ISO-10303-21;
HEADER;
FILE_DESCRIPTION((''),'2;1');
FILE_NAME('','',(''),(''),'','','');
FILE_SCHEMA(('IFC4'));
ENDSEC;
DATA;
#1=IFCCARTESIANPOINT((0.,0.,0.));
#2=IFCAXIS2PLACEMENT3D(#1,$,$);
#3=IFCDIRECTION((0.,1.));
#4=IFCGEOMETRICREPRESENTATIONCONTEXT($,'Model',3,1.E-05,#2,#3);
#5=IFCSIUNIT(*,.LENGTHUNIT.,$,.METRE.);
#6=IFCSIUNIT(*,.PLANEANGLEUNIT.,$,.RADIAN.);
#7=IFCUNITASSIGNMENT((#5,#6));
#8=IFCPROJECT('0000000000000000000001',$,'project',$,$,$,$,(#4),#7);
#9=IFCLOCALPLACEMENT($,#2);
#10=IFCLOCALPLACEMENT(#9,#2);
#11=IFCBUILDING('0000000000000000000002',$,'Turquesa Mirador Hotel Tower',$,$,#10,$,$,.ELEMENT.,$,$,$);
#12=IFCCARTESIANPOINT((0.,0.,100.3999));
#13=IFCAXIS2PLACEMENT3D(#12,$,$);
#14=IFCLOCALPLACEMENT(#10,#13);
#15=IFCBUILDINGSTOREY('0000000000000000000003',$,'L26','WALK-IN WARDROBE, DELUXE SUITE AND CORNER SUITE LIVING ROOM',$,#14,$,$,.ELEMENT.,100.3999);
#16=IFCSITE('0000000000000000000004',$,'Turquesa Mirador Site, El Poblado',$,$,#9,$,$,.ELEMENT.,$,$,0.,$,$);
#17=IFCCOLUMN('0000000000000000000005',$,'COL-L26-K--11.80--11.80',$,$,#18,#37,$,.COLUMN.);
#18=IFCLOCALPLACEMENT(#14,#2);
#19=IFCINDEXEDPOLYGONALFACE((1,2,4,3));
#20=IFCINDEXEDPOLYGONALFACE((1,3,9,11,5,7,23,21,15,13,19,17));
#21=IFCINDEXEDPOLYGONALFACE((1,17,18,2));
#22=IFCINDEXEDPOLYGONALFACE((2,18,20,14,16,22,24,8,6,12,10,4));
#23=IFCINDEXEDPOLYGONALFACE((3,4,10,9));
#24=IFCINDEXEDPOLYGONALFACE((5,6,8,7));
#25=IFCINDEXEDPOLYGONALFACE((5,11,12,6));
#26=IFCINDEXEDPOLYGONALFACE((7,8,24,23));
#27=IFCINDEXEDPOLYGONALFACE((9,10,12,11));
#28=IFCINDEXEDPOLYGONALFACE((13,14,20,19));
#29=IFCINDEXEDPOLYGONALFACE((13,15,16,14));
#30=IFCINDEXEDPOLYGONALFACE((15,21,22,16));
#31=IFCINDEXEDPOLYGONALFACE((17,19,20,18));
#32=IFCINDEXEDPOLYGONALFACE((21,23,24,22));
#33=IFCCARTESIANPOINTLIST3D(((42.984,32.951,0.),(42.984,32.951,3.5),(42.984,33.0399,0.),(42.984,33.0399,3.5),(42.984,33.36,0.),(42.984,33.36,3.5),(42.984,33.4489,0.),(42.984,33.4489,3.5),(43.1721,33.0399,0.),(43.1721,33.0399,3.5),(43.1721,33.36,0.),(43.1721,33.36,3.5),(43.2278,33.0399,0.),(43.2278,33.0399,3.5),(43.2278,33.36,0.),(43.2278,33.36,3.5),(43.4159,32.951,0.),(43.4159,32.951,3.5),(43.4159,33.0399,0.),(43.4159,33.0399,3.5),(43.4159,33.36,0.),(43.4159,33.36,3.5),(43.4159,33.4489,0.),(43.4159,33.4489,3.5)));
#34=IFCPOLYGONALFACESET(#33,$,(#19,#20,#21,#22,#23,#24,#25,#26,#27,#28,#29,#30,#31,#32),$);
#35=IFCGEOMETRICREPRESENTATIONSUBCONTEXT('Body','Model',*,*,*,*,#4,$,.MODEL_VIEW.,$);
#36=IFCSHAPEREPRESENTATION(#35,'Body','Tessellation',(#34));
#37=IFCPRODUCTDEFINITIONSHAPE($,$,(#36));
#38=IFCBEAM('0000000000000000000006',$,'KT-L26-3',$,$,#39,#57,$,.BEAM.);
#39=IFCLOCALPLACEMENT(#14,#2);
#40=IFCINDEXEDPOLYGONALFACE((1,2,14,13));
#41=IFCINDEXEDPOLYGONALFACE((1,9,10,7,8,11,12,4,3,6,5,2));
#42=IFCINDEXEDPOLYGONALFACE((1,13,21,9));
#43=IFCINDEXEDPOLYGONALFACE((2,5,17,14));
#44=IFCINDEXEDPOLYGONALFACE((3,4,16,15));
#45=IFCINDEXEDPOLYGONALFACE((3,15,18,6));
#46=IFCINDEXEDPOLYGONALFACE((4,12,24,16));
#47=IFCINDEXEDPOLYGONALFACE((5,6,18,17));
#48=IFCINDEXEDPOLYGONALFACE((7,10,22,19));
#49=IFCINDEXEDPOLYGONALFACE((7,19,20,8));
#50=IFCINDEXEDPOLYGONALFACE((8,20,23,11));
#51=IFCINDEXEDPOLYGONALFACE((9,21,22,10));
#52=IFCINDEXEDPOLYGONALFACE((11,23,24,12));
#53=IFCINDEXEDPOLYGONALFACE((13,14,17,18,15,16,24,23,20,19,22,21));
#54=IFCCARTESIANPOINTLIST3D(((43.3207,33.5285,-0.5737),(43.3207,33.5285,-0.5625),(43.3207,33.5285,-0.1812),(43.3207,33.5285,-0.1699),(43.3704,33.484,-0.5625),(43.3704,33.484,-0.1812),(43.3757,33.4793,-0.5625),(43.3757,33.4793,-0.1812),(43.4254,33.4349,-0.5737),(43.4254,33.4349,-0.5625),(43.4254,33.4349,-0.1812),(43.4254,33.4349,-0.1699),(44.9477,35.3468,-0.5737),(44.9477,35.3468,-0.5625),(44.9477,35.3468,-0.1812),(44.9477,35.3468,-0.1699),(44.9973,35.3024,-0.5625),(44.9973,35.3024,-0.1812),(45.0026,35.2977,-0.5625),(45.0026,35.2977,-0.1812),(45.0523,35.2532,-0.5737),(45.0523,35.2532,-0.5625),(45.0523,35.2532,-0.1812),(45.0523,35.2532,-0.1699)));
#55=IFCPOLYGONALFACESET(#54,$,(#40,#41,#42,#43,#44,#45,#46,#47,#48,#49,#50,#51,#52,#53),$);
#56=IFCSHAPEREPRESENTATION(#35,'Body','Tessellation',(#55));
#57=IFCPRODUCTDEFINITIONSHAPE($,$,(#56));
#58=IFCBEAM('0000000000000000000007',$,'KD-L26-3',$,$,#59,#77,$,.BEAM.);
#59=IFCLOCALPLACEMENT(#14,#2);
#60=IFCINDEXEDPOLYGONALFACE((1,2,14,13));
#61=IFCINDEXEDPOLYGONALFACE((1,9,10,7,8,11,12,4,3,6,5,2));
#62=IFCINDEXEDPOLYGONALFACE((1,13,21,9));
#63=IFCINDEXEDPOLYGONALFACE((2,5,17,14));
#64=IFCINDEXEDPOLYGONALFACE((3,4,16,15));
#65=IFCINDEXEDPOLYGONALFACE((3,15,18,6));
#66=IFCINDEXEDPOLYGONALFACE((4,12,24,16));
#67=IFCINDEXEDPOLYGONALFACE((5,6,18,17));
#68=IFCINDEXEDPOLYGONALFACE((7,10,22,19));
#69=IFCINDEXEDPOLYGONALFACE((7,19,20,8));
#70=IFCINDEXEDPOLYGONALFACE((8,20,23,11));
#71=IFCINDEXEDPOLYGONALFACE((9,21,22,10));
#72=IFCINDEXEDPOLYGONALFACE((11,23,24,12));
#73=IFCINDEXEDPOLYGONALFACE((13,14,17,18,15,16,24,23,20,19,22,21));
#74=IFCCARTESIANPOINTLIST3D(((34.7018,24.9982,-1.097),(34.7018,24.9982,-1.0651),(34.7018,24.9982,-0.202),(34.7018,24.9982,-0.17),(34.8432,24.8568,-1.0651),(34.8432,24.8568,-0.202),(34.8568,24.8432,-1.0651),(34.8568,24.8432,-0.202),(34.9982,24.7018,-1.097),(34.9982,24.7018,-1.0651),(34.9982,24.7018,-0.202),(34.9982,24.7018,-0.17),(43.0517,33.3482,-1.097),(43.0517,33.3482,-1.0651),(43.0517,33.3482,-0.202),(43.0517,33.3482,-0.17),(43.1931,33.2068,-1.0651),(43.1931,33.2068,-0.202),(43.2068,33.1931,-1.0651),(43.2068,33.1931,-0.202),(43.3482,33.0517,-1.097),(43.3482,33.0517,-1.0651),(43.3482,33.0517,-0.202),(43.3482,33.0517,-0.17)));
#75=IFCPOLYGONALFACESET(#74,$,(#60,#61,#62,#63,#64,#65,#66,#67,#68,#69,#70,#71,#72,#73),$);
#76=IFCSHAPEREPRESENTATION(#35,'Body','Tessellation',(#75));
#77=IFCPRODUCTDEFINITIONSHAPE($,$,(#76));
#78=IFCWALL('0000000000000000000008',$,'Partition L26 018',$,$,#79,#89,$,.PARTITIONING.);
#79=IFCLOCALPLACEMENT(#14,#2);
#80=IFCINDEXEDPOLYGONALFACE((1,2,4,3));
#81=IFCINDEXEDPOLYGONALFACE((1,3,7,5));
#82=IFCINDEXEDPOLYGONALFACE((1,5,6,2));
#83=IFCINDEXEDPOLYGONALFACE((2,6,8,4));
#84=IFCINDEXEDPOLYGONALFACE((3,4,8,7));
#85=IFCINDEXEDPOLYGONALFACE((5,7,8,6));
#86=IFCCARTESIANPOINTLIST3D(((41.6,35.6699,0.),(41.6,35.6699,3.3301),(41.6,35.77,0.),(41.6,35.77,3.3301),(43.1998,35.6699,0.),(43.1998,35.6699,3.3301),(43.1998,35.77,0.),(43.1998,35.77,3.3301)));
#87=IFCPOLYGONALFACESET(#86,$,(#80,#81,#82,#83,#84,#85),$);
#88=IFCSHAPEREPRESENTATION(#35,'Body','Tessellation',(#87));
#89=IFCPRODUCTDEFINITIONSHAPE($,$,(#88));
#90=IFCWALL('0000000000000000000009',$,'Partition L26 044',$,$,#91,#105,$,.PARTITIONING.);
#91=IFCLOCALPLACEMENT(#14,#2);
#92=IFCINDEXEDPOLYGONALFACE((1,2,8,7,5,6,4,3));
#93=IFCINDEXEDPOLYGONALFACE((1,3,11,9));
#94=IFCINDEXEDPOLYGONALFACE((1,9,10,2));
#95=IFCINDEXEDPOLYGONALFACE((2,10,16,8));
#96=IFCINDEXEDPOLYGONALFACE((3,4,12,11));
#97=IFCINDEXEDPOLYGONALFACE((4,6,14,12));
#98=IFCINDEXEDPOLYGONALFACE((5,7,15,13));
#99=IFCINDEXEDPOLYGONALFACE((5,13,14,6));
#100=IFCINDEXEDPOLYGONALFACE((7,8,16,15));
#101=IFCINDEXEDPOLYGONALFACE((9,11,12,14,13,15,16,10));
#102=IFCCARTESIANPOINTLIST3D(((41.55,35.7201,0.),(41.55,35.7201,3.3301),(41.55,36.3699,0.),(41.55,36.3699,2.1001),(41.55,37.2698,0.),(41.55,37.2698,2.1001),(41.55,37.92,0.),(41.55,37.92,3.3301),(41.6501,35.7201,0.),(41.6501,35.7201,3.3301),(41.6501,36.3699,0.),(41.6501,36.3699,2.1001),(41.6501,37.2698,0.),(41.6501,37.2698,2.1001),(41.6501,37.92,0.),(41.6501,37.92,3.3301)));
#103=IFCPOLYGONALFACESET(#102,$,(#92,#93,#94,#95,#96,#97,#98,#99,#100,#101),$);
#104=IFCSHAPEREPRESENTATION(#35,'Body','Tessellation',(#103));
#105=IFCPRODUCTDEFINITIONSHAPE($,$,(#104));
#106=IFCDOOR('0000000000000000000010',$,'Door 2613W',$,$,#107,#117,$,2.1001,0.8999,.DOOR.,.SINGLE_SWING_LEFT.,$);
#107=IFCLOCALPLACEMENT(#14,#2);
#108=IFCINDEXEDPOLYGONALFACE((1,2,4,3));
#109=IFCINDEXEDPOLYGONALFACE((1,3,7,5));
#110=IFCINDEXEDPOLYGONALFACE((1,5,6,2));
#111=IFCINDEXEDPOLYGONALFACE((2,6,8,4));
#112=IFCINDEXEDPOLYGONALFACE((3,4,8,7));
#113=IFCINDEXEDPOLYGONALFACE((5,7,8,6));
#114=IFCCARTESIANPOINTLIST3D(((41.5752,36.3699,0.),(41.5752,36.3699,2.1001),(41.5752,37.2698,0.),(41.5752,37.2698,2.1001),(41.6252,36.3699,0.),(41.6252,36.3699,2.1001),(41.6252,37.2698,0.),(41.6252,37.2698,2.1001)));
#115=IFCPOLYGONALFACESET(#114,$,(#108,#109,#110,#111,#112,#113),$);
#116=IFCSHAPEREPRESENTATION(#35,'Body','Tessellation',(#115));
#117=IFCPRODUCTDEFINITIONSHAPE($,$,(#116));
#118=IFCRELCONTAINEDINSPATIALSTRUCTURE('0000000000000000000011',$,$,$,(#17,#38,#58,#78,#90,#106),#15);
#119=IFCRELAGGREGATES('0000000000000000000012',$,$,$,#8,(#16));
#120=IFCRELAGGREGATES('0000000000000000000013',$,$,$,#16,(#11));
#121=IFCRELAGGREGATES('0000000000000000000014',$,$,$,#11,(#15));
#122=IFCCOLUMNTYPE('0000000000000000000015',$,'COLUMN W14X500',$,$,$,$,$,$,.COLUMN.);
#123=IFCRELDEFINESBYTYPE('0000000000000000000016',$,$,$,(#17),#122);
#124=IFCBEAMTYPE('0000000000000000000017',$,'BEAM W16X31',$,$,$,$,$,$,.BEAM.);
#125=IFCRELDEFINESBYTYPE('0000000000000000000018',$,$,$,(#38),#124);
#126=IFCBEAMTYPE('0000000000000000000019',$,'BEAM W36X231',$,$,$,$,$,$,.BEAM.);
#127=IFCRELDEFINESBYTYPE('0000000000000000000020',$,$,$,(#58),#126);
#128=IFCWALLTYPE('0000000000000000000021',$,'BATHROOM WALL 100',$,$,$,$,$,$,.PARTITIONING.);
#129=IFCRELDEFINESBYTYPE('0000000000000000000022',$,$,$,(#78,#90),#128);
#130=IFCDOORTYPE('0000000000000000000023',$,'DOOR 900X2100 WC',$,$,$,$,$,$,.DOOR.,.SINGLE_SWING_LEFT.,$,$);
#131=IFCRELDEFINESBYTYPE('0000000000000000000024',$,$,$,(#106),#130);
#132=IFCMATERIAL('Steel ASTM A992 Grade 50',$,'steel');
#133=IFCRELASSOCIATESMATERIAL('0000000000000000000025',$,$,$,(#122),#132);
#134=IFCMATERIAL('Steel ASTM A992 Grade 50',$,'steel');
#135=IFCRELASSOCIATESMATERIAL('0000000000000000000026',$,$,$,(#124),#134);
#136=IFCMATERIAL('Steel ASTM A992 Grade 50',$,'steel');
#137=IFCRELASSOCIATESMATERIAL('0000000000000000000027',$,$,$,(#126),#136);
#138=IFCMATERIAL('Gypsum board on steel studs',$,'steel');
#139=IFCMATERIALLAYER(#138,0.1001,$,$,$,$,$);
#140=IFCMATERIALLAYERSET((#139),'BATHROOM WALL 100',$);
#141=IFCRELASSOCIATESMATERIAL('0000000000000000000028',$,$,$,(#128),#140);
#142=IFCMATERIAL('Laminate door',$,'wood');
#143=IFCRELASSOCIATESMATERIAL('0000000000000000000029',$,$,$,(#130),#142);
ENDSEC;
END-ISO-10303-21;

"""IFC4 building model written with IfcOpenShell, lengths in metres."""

from ifc_helpers import new_model, si_unit, direction, frame, frame_2d, origin, origin_2d, place, context, subcontext, project, spatial, rectangle, i_section, extrude, material, layer, layer_set, material_profile, profile_set, type_object, element, fill, save


model = new_model("IFC4")

# Units and contexts
model_context = context("Model", 3, precision=1e-05, world=origin(), true_north=direction((0.0, 1.0)))
body_context = subcontext(model_context, "Body", "Model", "MODEL_VIEW")
ifc_project = project(units=[si_unit("LENGTHUNIT", "METRE"), si_unit("PLANEANGLEUNIT", "RADIAN")], contexts=[model_context])

# Site, building, storey
site_placement = place(None, origin())
site = spatial("IfcSite", under=ifc_project, at=site_placement, Name="Turquesa Mirador Site, El Poblado", CompositionType="ELEMENT", RefElevation=0.0)
building_placement = place(site_placement, origin())
building = spatial("IfcBuilding", under=site, at=building_placement, Name="Turquesa Mirador Hotel Tower", CompositionType="ELEMENT")
storey_placement = place(building_placement, frame((0.0, 0.0, 100.3999)))
storey = spatial("IfcBuildingStorey", under=building, at=storey_placement, Name="L26", Description="WALK-IN WARDROBE, DELUXE SUITE AND CORNER SUITE LIVING ROOM", CompositionType="ELEMENT", Elevation=100.3999)

# Column
ifc_material_1 = material(Name="Steel ASTM A992 Grade 50", Category="steel")
ifc_material_profile_1 = material_profile(ifc_material_1, i_section(OverallWidth=0.4319, OverallDepth=0.4978, WebThickness=0.0557, FlangeThickness=0.0889, at=origin_2d()), Name="W14X500")
ifc_profile_set_1 = profile_set([ifc_material_profile_1], Name="Steel ASTM A992 Grade 50")
column_type = type_object("IfcColumnType", Name="COLUMN W14X500", PredefinedType="COLUMN", material=ifc_profile_set_1)
column_placement = place(storey_placement, frame((43.2, 33.2, 0.0), z_axis=(0.0, 0.0, 1.0), x_axis=(1.0, 0.0, 0.0)))
element("IfcColumn", 1, at=column_placement, inside=storey, type_object=column_type, Name="COL-L26-K--11.80--11.80", PredefinedType="COLUMN", context=body_context, shape_type="SweptSolid", body=[
    extrude(i_section(OverallWidth=0.4319, OverallDepth=0.4978, WebThickness=0.0557, FlangeThickness=0.0889, at=origin_2d()), origin(), (0.0, 0.0, 1.0), 3.5),
])

# Beams
ifc_material_2 = material(Name="Steel ASTM A992 Grade 50", Category="steel")
ifc_material_profile_2 = material_profile(ifc_material_2, i_section(OverallWidth=0.1404, OverallDepth=0.4038, WebThickness=0.0071, FlangeThickness=0.0112, at=origin_2d()), Name="W16X31")
ifc_profile_set_2 = profile_set([ifc_material_profile_2], Name="Steel ASTM A992 Grade 50")
beam_type_1 = type_object("IfcBeamType", Name="BEAM W16X31", PredefinedType="BEAM", material=ifc_profile_set_2)
beam_1_placement = place(storey_placement, frame((43.373, 33.4817, -0.3718), z_axis=(0.666795, 0.745241, 0.0), x_axis=(-0.745241, 0.666795, 0.0)))
element("IfcBeam", 2, at=beam_1_placement, inside=storey, type_object=beam_type_1, Name="KT-L26-3", PredefinedType="BEAM", context=body_context, shape_type="SweptSolid", body=[
    extrude(i_section(OverallWidth=0.1404, OverallDepth=0.4038, WebThickness=0.0071, FlangeThickness=0.0112, at=origin_2d()), origin(), (0.0, 0.0, 1.0), 2.4399),
])
ifc_material_3 = material(Name="Steel ASTM A992 Grade 50", Category="steel")
ifc_material_profile_3 = material_profile(ifc_material_3, i_section(OverallWidth=0.4192, OverallDepth=0.927, WebThickness=0.0193, FlangeThickness=0.032, at=origin_2d()), Name="W36X231")
ifc_profile_set_3 = profile_set([ifc_material_profile_3], Name="Steel ASTM A992 Grade 50")
beam_type_2 = type_object("IfcBeamType", Name="BEAM W36X231", PredefinedType="BEAM", material=ifc_profile_set_3)
beam_2_placement = place(storey_placement, frame((43.2, 33.2, -0.6335), z_axis=(-0.707107, -0.707107, 0.0), x_axis=(0.707107, -0.707107, 0.0)))
element("IfcBeam", 3, at=beam_2_placement, inside=storey, type_object=beam_type_2, Name="KD-L26-3", PredefinedType="BEAM", context=body_context, shape_type="SweptSolid", body=[
    extrude(i_section(OverallWidth=0.4192, OverallDepth=0.927, WebThickness=0.0193, FlangeThickness=0.032, at=origin_2d()), origin(), (0.0, 0.0, 1.0), 11.8086),
])

# Wall
ifc_material_4 = material(Name="Gypsum board on steel studs", Category="steel")
ifc_layer_1 = layer(ifc_material_4, 0.1001)
ifc_layer_set_1 = layer_set([ifc_layer_1], Name="BATHROOM WALL 100")
wall_type_1 = type_object("IfcWallType", Name="BATHROOM WALL 100", PredefinedType="PARTITIONING", material=ifc_layer_set_1)
wall_1_placement = place(storey_placement, frame((41.6001, 35.72, 0.0), z_axis=(0.0, 0.0, 1.0), x_axis=(1.0, 0.0, 0.0)))
element("IfcWall", 4, at=wall_1_placement, inside=storey, type_object=wall_type_1, Name="Partition L26 018", PredefinedType="PARTITIONING", context=body_context, shape_type="SweptSolid", body=[
    extrude(rectangle(XDim=1.5999, YDim=0.1001, at=frame_2d((0.7998, 0.0))), origin(), (0.0, 0.0, 1.0), 3.3301),
])

# Wall, opening, door
wall_2_placement = place(storey_placement, frame((41.6001, 35.72, 0.0), z_axis=(0.0, 0.0, 1.0), x_axis=(0.0, 1.0, 0.0)))
wall_2 = element("IfcWall", 5, at=wall_2_placement, inside=storey, type_object=wall_type_1, Name="Partition L26 044", PredefinedType="PARTITIONING", context=body_context, shape_type="SweptSolid", body=[
    extrude(rectangle(XDim=2.2, YDim=0.1001, at=frame_2d((1.1001, 0.0))), origin(), (0.0, 0.0, 1.0), 3.3301),
])
opening_1_placement = place(wall_2_placement, frame((0.6499, 0.0, 0.0)))
opening_1 = element("IfcOpeningElement", 6, at=opening_1_placement, cuts=wall_2, PredefinedType="OPENING", context=body_context, shape_type="SweptSolid", body=[
    extrude(rectangle(XDim=0.8999, YDim=2.1001, at=frame_2d((0.45, 1.05))), frame((0.0, 0.0601, 0.0), z_axis=(0.0, -1.0, 0.0), x_axis=(1.0, 0.0, 0.0)), (0.0, 0.0, 1.0), 0.1201),
])
ifc_material_5 = material(Name="Laminate door", Category="wood")
door_type_1 = type_object("IfcDoorType", Name="DOOR 900X2100 WC", OperationType="SINGLE_SWING_LEFT", PredefinedType="DOOR", material=ifc_material_5)
door_1_placement = place(opening_1_placement, origin())
door_1 = element("IfcDoor", 7, at=door_1_placement, inside=storey, type_object=door_type_1, Name="Door 2613W", OperationType="SINGLE_SWING_LEFT", OverallHeight=2.1001, OverallWidth=0.8999, PredefinedType="DOOR", context=body_context, shape_type="SweptSolid", body=[
    extrude(rectangle(XDim=0.8999, YDim=2.1001, at=frame_2d((0.45, 1.05))), frame((0.0, 0.0249, 0.0), z_axis=(0.0, -1.0, 0.0), x_axis=(1.0, 0.0, 0.0)), (0.0, 0.0, 1.0), 0.05),
])
fill(opening_1, door_1)

save(model, "model.ifc")
